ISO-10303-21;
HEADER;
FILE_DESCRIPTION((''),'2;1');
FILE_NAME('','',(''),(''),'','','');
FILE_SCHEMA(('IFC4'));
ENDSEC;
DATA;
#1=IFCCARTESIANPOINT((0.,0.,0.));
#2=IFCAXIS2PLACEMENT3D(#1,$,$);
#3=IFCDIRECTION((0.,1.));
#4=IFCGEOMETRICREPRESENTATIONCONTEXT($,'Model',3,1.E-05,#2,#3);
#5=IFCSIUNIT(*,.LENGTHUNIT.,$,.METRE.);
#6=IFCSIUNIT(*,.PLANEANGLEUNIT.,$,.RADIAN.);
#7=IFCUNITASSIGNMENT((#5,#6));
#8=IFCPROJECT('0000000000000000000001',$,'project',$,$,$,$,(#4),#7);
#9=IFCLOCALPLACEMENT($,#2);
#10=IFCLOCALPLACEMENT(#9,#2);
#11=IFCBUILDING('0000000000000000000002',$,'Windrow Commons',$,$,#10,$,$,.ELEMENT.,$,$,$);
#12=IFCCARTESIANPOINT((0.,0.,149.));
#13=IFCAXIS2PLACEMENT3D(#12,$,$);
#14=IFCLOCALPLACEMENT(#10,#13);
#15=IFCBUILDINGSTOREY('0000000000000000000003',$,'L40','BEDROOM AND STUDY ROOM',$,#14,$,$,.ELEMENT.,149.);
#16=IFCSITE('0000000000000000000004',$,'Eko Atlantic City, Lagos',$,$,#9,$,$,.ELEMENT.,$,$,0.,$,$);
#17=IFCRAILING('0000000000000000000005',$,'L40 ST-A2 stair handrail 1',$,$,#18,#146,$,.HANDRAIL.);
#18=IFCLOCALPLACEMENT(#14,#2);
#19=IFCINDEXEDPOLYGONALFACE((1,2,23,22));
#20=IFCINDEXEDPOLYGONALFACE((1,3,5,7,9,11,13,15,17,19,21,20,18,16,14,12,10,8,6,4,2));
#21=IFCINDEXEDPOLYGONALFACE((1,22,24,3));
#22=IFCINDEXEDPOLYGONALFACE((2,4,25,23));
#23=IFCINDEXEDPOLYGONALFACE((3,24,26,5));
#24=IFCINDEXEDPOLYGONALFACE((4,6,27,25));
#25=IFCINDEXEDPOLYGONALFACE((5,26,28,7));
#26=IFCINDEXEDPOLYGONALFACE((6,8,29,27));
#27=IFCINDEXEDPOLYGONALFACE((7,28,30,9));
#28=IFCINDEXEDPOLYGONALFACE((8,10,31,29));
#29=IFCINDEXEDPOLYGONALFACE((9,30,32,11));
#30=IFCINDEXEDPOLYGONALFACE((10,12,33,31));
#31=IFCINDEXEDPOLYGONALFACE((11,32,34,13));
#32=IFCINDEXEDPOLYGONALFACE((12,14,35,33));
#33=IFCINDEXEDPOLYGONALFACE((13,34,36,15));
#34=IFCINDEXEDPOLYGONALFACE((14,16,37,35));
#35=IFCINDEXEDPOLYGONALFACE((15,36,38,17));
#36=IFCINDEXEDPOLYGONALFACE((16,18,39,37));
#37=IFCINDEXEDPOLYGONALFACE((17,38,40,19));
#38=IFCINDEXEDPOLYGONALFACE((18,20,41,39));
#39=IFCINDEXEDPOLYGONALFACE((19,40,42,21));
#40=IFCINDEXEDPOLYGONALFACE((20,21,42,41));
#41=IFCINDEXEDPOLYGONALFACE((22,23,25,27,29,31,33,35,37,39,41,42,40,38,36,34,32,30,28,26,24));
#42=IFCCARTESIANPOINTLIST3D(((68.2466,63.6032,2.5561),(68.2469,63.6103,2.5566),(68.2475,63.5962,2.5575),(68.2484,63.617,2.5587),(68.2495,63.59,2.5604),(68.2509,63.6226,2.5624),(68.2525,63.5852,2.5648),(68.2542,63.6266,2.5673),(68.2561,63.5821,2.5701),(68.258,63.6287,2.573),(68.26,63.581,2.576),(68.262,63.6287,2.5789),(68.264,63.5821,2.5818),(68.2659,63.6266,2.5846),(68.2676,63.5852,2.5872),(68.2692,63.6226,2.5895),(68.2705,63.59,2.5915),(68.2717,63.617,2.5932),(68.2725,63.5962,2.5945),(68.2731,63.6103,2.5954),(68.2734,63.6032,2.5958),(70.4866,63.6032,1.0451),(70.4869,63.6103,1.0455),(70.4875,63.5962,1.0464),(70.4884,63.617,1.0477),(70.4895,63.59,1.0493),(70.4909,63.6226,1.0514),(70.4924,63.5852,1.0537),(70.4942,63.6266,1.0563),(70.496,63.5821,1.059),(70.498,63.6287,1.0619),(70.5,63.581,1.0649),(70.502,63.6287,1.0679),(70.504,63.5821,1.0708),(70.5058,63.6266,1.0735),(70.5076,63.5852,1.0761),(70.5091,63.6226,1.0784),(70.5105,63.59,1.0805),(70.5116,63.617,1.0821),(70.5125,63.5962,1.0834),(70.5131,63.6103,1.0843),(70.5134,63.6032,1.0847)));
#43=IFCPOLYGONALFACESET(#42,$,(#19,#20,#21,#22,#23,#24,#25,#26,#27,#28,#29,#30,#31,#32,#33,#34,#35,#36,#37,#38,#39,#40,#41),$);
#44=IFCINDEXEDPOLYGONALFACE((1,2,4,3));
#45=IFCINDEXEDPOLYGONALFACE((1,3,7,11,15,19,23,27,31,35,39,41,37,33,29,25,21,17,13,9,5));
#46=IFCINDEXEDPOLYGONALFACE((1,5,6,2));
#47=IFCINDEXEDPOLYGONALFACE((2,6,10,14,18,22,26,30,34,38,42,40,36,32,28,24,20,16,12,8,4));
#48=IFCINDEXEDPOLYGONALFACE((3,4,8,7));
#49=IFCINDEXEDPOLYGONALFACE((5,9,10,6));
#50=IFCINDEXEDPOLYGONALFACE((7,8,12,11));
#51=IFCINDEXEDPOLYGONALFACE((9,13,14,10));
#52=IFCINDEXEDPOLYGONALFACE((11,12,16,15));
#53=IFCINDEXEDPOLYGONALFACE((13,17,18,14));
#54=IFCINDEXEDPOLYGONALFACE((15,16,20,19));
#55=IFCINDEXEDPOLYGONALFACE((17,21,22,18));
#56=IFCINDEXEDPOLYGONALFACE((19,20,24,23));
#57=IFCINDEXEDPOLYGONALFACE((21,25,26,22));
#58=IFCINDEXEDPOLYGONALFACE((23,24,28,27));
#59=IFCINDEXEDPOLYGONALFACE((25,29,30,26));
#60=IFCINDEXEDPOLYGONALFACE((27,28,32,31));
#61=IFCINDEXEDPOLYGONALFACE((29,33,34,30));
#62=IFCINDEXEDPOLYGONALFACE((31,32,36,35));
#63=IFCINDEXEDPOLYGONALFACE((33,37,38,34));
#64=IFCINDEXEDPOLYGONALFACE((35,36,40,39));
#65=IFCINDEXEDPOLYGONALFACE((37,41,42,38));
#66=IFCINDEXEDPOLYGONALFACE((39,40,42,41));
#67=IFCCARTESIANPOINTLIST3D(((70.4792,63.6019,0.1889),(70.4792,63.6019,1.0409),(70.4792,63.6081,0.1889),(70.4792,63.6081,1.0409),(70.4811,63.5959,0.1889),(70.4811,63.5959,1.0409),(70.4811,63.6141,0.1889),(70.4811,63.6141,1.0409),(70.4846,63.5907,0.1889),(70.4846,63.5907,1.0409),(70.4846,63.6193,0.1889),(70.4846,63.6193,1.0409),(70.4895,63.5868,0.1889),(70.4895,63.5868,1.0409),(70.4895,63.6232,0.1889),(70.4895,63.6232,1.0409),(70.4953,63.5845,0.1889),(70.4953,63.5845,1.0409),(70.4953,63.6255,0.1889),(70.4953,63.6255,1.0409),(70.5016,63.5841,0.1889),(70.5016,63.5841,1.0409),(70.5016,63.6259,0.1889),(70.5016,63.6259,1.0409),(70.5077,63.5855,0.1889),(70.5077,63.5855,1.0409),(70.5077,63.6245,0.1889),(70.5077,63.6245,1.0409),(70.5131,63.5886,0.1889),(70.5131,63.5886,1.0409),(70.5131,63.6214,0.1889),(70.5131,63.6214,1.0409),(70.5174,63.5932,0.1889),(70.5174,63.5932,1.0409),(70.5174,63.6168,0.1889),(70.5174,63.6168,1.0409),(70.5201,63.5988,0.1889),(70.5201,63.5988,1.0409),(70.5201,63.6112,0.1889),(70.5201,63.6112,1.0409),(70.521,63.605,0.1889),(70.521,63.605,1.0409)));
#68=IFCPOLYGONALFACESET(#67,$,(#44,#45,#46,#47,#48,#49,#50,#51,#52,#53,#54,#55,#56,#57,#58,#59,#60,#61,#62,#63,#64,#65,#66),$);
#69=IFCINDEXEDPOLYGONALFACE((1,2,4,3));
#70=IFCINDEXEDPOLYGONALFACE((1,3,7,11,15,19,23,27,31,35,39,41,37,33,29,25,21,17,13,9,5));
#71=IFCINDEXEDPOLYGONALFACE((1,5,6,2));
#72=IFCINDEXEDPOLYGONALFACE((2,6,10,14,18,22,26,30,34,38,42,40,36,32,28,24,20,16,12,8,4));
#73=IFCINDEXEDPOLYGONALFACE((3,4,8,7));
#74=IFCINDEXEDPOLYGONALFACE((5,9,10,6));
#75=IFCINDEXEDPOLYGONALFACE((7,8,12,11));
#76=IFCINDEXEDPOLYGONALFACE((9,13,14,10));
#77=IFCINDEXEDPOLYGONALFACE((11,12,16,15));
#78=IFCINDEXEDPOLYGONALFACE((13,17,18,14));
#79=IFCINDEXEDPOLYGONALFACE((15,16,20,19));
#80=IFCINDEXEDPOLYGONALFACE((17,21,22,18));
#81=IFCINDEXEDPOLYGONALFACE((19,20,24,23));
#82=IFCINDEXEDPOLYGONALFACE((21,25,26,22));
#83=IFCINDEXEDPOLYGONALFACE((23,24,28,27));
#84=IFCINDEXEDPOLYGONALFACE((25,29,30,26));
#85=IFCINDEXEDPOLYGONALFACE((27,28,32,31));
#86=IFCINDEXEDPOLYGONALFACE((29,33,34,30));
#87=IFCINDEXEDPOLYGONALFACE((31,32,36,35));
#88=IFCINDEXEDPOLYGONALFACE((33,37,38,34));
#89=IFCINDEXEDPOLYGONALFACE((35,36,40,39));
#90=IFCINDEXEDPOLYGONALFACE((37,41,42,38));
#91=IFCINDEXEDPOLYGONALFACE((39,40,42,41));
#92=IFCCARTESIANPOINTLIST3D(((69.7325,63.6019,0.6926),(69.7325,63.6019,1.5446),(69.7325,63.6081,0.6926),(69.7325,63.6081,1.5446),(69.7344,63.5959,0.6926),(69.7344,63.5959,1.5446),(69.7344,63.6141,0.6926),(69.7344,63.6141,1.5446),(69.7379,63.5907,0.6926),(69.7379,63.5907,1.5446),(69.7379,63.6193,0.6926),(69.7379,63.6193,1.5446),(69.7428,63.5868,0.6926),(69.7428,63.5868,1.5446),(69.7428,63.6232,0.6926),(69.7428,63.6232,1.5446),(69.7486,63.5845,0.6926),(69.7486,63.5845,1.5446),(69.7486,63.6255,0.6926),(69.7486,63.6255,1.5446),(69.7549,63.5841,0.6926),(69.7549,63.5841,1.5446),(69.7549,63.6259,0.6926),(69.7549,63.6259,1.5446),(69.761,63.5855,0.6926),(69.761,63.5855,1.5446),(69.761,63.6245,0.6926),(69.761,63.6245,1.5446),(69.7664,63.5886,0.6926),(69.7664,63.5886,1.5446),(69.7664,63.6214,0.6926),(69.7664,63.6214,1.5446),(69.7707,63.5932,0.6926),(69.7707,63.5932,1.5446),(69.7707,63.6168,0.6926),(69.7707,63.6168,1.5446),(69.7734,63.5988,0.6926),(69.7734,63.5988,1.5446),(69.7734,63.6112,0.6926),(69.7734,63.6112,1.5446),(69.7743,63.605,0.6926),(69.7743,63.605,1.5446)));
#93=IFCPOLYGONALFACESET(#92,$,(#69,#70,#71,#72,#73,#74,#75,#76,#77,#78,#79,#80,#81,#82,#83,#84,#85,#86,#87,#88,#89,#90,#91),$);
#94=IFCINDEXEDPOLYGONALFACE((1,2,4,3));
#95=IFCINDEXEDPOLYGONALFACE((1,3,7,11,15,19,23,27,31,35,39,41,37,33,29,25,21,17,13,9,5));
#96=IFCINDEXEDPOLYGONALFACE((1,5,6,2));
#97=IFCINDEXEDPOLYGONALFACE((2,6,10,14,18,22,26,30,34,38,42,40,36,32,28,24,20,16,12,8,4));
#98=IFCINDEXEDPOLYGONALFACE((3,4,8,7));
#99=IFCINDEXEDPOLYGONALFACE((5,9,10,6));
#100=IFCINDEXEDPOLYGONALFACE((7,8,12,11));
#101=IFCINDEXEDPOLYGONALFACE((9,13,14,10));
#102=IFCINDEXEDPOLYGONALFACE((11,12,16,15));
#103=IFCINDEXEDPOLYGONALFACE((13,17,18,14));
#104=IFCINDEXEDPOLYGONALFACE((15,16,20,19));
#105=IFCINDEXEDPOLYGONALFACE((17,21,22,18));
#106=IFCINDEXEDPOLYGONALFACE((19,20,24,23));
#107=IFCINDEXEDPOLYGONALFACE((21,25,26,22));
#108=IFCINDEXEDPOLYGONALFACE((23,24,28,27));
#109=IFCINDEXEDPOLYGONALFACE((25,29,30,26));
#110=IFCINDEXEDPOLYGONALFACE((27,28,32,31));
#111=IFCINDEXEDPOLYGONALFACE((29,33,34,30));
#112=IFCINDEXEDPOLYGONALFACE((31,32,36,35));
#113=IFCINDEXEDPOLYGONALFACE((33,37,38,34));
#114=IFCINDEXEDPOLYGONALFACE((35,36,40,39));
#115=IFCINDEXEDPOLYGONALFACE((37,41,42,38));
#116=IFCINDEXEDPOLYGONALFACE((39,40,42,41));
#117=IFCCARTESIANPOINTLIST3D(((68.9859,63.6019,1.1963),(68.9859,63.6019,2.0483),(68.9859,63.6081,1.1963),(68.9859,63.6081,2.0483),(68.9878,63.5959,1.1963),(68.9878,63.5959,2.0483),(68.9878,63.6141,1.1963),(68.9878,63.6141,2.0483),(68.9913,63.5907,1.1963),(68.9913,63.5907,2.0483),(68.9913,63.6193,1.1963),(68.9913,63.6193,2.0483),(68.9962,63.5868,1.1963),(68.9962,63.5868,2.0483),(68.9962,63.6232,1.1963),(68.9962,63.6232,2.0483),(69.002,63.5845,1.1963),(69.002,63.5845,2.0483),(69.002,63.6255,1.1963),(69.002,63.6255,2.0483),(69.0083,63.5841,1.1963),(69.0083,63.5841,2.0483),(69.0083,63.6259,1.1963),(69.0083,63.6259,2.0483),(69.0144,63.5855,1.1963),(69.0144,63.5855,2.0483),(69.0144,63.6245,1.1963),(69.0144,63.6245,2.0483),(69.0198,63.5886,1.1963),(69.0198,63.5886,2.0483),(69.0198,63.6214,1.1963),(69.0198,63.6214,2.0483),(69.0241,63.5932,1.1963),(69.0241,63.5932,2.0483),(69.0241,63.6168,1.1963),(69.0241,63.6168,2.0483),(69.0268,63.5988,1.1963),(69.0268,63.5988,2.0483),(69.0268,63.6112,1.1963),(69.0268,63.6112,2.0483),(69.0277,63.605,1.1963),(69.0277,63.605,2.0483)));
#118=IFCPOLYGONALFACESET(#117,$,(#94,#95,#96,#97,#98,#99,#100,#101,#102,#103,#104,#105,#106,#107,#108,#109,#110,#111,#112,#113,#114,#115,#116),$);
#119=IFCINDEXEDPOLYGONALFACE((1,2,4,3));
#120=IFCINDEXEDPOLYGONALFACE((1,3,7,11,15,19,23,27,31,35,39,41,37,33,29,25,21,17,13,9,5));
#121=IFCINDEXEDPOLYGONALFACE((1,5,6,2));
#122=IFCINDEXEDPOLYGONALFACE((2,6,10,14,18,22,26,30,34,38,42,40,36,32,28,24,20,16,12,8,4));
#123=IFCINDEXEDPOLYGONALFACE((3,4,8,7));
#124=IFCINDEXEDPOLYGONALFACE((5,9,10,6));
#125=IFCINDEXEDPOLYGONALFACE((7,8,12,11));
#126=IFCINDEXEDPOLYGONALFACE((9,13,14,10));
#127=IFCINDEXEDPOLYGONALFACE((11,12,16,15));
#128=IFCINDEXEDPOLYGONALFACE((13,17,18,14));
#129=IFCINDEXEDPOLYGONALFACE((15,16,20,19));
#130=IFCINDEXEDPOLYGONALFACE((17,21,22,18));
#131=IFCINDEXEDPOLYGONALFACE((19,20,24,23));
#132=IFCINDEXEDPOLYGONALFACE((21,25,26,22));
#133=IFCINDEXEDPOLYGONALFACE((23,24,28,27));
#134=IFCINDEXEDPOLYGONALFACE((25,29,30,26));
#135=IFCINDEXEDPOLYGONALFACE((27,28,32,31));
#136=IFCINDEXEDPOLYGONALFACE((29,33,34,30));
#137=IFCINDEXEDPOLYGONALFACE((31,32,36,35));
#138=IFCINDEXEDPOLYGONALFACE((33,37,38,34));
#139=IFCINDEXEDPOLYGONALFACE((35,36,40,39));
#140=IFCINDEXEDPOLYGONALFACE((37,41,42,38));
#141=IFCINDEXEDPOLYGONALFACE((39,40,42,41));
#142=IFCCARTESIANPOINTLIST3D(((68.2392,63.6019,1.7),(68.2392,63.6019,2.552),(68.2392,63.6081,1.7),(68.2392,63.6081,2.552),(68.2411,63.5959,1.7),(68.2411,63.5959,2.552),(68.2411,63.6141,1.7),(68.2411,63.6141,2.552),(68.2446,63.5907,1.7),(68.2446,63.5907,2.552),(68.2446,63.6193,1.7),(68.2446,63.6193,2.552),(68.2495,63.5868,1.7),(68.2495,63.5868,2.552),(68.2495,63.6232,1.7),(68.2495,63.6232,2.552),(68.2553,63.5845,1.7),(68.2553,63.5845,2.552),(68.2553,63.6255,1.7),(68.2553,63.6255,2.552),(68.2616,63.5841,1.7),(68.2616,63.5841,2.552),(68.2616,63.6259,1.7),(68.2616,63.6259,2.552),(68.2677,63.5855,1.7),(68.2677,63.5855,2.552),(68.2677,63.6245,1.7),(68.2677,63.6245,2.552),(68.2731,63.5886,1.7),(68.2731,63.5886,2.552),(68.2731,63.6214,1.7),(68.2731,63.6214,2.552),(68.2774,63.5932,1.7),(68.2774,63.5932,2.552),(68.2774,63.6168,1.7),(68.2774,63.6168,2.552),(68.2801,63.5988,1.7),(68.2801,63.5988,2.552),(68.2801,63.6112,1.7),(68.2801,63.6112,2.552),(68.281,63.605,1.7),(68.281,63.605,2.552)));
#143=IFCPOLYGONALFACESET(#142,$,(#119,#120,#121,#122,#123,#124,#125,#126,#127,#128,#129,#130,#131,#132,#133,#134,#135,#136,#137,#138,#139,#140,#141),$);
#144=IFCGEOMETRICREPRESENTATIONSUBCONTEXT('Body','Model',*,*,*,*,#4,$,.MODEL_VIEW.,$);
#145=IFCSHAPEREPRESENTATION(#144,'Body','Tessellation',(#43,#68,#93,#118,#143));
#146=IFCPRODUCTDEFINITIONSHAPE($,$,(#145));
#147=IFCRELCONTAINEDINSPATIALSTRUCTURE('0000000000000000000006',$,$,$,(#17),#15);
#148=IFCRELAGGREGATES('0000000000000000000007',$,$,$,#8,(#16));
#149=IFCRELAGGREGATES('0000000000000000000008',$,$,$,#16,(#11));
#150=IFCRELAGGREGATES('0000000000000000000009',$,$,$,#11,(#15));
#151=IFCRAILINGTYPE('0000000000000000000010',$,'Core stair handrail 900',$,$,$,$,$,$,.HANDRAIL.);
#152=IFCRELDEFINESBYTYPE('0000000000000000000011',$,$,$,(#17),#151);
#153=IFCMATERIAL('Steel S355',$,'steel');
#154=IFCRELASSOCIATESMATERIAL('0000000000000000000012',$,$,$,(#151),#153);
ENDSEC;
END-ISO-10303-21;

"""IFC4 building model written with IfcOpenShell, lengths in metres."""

from ifc_helpers import new_model, si_unit, direction, frame, origin, origin_2d, place, context, subcontext, project, spatial, circle, extrude, material, type_object, element, save


model = new_model("IFC4")

# Units and contexts
model_context = context("Model", 3, precision=1e-05, world=origin(), true_north=direction((0.0, 1.0)))
body_context = subcontext(model_context, "Body", "Model", "MODEL_VIEW")
ifc_project = project(units=[si_unit("LENGTHUNIT", "METRE"), si_unit("PLANEANGLEUNIT", "RADIAN")], contexts=[model_context])

# Site, building, storey
site_placement = place(None, origin())
site = spatial("IfcSite", under=ifc_project, at=site_placement, Name="Eko Atlantic City, Lagos", CompositionType="ELEMENT", RefElevation=0.0)
building_placement = place(site_placement, origin())
building = spatial("IfcBuilding", under=site, at=building_placement, Name="Windrow Commons", CompositionType="ELEMENT")
storey_placement = place(building_placement, frame((0.0, 0.0, 149.0)))
storey = spatial("IfcBuildingStorey", under=building, at=storey_placement, Name="L40", Description="BEDROOM AND STUDY ROOM", CompositionType="ELEMENT", Elevation=149.0)

# Railing
ifc_material_1 = material(Name="Steel S355", Category="steel")
railing_type_1 = type_object("IfcRailingType", Name="Core stair handrail 900", PredefinedType="HANDRAIL", material=ifc_material_1)
railing_1_placement = place(storey_placement, frame((70.5, 63.605, 0.1889)))
element("IfcRailing", 1, at=railing_1_placement, inside=storey, type_object=railing_type_1, Name="L40 ST-A2 stair handrail 1", PredefinedType="HANDRAIL", context=body_context, shape_type="SweptSolid", body=[
    extrude(circle(Radius=0.024, at=origin_2d()), frame((0.0, 0.0, 0.876), z_axis=(-0.829003, 0.0, 0.559244), x_axis=(0.0, -1.0, 0.0)), (0.0, 0.0, 1.0), 2.702),
    extrude(circle(Radius=0.021, at=origin_2d()), origin(), (0.0, 0.0, 1.0), 0.852),
    extrude(circle(Radius=0.021, at=origin_2d()), frame((-0.7467, 0.0, 0.5037)), (0.0, 0.0, 1.0), 0.852),
    extrude(circle(Radius=0.021, at=origin_2d()), frame((-1.4933, 0.0, 1.0074)), (0.0, 0.0, 1.0), 0.852),
    extrude(circle(Radius=0.021, at=origin_2d()), frame((-2.24, 0.0, 1.5111)), (0.0, 0.0, 1.0), 0.852),
])

save(model, "model.ifc")
